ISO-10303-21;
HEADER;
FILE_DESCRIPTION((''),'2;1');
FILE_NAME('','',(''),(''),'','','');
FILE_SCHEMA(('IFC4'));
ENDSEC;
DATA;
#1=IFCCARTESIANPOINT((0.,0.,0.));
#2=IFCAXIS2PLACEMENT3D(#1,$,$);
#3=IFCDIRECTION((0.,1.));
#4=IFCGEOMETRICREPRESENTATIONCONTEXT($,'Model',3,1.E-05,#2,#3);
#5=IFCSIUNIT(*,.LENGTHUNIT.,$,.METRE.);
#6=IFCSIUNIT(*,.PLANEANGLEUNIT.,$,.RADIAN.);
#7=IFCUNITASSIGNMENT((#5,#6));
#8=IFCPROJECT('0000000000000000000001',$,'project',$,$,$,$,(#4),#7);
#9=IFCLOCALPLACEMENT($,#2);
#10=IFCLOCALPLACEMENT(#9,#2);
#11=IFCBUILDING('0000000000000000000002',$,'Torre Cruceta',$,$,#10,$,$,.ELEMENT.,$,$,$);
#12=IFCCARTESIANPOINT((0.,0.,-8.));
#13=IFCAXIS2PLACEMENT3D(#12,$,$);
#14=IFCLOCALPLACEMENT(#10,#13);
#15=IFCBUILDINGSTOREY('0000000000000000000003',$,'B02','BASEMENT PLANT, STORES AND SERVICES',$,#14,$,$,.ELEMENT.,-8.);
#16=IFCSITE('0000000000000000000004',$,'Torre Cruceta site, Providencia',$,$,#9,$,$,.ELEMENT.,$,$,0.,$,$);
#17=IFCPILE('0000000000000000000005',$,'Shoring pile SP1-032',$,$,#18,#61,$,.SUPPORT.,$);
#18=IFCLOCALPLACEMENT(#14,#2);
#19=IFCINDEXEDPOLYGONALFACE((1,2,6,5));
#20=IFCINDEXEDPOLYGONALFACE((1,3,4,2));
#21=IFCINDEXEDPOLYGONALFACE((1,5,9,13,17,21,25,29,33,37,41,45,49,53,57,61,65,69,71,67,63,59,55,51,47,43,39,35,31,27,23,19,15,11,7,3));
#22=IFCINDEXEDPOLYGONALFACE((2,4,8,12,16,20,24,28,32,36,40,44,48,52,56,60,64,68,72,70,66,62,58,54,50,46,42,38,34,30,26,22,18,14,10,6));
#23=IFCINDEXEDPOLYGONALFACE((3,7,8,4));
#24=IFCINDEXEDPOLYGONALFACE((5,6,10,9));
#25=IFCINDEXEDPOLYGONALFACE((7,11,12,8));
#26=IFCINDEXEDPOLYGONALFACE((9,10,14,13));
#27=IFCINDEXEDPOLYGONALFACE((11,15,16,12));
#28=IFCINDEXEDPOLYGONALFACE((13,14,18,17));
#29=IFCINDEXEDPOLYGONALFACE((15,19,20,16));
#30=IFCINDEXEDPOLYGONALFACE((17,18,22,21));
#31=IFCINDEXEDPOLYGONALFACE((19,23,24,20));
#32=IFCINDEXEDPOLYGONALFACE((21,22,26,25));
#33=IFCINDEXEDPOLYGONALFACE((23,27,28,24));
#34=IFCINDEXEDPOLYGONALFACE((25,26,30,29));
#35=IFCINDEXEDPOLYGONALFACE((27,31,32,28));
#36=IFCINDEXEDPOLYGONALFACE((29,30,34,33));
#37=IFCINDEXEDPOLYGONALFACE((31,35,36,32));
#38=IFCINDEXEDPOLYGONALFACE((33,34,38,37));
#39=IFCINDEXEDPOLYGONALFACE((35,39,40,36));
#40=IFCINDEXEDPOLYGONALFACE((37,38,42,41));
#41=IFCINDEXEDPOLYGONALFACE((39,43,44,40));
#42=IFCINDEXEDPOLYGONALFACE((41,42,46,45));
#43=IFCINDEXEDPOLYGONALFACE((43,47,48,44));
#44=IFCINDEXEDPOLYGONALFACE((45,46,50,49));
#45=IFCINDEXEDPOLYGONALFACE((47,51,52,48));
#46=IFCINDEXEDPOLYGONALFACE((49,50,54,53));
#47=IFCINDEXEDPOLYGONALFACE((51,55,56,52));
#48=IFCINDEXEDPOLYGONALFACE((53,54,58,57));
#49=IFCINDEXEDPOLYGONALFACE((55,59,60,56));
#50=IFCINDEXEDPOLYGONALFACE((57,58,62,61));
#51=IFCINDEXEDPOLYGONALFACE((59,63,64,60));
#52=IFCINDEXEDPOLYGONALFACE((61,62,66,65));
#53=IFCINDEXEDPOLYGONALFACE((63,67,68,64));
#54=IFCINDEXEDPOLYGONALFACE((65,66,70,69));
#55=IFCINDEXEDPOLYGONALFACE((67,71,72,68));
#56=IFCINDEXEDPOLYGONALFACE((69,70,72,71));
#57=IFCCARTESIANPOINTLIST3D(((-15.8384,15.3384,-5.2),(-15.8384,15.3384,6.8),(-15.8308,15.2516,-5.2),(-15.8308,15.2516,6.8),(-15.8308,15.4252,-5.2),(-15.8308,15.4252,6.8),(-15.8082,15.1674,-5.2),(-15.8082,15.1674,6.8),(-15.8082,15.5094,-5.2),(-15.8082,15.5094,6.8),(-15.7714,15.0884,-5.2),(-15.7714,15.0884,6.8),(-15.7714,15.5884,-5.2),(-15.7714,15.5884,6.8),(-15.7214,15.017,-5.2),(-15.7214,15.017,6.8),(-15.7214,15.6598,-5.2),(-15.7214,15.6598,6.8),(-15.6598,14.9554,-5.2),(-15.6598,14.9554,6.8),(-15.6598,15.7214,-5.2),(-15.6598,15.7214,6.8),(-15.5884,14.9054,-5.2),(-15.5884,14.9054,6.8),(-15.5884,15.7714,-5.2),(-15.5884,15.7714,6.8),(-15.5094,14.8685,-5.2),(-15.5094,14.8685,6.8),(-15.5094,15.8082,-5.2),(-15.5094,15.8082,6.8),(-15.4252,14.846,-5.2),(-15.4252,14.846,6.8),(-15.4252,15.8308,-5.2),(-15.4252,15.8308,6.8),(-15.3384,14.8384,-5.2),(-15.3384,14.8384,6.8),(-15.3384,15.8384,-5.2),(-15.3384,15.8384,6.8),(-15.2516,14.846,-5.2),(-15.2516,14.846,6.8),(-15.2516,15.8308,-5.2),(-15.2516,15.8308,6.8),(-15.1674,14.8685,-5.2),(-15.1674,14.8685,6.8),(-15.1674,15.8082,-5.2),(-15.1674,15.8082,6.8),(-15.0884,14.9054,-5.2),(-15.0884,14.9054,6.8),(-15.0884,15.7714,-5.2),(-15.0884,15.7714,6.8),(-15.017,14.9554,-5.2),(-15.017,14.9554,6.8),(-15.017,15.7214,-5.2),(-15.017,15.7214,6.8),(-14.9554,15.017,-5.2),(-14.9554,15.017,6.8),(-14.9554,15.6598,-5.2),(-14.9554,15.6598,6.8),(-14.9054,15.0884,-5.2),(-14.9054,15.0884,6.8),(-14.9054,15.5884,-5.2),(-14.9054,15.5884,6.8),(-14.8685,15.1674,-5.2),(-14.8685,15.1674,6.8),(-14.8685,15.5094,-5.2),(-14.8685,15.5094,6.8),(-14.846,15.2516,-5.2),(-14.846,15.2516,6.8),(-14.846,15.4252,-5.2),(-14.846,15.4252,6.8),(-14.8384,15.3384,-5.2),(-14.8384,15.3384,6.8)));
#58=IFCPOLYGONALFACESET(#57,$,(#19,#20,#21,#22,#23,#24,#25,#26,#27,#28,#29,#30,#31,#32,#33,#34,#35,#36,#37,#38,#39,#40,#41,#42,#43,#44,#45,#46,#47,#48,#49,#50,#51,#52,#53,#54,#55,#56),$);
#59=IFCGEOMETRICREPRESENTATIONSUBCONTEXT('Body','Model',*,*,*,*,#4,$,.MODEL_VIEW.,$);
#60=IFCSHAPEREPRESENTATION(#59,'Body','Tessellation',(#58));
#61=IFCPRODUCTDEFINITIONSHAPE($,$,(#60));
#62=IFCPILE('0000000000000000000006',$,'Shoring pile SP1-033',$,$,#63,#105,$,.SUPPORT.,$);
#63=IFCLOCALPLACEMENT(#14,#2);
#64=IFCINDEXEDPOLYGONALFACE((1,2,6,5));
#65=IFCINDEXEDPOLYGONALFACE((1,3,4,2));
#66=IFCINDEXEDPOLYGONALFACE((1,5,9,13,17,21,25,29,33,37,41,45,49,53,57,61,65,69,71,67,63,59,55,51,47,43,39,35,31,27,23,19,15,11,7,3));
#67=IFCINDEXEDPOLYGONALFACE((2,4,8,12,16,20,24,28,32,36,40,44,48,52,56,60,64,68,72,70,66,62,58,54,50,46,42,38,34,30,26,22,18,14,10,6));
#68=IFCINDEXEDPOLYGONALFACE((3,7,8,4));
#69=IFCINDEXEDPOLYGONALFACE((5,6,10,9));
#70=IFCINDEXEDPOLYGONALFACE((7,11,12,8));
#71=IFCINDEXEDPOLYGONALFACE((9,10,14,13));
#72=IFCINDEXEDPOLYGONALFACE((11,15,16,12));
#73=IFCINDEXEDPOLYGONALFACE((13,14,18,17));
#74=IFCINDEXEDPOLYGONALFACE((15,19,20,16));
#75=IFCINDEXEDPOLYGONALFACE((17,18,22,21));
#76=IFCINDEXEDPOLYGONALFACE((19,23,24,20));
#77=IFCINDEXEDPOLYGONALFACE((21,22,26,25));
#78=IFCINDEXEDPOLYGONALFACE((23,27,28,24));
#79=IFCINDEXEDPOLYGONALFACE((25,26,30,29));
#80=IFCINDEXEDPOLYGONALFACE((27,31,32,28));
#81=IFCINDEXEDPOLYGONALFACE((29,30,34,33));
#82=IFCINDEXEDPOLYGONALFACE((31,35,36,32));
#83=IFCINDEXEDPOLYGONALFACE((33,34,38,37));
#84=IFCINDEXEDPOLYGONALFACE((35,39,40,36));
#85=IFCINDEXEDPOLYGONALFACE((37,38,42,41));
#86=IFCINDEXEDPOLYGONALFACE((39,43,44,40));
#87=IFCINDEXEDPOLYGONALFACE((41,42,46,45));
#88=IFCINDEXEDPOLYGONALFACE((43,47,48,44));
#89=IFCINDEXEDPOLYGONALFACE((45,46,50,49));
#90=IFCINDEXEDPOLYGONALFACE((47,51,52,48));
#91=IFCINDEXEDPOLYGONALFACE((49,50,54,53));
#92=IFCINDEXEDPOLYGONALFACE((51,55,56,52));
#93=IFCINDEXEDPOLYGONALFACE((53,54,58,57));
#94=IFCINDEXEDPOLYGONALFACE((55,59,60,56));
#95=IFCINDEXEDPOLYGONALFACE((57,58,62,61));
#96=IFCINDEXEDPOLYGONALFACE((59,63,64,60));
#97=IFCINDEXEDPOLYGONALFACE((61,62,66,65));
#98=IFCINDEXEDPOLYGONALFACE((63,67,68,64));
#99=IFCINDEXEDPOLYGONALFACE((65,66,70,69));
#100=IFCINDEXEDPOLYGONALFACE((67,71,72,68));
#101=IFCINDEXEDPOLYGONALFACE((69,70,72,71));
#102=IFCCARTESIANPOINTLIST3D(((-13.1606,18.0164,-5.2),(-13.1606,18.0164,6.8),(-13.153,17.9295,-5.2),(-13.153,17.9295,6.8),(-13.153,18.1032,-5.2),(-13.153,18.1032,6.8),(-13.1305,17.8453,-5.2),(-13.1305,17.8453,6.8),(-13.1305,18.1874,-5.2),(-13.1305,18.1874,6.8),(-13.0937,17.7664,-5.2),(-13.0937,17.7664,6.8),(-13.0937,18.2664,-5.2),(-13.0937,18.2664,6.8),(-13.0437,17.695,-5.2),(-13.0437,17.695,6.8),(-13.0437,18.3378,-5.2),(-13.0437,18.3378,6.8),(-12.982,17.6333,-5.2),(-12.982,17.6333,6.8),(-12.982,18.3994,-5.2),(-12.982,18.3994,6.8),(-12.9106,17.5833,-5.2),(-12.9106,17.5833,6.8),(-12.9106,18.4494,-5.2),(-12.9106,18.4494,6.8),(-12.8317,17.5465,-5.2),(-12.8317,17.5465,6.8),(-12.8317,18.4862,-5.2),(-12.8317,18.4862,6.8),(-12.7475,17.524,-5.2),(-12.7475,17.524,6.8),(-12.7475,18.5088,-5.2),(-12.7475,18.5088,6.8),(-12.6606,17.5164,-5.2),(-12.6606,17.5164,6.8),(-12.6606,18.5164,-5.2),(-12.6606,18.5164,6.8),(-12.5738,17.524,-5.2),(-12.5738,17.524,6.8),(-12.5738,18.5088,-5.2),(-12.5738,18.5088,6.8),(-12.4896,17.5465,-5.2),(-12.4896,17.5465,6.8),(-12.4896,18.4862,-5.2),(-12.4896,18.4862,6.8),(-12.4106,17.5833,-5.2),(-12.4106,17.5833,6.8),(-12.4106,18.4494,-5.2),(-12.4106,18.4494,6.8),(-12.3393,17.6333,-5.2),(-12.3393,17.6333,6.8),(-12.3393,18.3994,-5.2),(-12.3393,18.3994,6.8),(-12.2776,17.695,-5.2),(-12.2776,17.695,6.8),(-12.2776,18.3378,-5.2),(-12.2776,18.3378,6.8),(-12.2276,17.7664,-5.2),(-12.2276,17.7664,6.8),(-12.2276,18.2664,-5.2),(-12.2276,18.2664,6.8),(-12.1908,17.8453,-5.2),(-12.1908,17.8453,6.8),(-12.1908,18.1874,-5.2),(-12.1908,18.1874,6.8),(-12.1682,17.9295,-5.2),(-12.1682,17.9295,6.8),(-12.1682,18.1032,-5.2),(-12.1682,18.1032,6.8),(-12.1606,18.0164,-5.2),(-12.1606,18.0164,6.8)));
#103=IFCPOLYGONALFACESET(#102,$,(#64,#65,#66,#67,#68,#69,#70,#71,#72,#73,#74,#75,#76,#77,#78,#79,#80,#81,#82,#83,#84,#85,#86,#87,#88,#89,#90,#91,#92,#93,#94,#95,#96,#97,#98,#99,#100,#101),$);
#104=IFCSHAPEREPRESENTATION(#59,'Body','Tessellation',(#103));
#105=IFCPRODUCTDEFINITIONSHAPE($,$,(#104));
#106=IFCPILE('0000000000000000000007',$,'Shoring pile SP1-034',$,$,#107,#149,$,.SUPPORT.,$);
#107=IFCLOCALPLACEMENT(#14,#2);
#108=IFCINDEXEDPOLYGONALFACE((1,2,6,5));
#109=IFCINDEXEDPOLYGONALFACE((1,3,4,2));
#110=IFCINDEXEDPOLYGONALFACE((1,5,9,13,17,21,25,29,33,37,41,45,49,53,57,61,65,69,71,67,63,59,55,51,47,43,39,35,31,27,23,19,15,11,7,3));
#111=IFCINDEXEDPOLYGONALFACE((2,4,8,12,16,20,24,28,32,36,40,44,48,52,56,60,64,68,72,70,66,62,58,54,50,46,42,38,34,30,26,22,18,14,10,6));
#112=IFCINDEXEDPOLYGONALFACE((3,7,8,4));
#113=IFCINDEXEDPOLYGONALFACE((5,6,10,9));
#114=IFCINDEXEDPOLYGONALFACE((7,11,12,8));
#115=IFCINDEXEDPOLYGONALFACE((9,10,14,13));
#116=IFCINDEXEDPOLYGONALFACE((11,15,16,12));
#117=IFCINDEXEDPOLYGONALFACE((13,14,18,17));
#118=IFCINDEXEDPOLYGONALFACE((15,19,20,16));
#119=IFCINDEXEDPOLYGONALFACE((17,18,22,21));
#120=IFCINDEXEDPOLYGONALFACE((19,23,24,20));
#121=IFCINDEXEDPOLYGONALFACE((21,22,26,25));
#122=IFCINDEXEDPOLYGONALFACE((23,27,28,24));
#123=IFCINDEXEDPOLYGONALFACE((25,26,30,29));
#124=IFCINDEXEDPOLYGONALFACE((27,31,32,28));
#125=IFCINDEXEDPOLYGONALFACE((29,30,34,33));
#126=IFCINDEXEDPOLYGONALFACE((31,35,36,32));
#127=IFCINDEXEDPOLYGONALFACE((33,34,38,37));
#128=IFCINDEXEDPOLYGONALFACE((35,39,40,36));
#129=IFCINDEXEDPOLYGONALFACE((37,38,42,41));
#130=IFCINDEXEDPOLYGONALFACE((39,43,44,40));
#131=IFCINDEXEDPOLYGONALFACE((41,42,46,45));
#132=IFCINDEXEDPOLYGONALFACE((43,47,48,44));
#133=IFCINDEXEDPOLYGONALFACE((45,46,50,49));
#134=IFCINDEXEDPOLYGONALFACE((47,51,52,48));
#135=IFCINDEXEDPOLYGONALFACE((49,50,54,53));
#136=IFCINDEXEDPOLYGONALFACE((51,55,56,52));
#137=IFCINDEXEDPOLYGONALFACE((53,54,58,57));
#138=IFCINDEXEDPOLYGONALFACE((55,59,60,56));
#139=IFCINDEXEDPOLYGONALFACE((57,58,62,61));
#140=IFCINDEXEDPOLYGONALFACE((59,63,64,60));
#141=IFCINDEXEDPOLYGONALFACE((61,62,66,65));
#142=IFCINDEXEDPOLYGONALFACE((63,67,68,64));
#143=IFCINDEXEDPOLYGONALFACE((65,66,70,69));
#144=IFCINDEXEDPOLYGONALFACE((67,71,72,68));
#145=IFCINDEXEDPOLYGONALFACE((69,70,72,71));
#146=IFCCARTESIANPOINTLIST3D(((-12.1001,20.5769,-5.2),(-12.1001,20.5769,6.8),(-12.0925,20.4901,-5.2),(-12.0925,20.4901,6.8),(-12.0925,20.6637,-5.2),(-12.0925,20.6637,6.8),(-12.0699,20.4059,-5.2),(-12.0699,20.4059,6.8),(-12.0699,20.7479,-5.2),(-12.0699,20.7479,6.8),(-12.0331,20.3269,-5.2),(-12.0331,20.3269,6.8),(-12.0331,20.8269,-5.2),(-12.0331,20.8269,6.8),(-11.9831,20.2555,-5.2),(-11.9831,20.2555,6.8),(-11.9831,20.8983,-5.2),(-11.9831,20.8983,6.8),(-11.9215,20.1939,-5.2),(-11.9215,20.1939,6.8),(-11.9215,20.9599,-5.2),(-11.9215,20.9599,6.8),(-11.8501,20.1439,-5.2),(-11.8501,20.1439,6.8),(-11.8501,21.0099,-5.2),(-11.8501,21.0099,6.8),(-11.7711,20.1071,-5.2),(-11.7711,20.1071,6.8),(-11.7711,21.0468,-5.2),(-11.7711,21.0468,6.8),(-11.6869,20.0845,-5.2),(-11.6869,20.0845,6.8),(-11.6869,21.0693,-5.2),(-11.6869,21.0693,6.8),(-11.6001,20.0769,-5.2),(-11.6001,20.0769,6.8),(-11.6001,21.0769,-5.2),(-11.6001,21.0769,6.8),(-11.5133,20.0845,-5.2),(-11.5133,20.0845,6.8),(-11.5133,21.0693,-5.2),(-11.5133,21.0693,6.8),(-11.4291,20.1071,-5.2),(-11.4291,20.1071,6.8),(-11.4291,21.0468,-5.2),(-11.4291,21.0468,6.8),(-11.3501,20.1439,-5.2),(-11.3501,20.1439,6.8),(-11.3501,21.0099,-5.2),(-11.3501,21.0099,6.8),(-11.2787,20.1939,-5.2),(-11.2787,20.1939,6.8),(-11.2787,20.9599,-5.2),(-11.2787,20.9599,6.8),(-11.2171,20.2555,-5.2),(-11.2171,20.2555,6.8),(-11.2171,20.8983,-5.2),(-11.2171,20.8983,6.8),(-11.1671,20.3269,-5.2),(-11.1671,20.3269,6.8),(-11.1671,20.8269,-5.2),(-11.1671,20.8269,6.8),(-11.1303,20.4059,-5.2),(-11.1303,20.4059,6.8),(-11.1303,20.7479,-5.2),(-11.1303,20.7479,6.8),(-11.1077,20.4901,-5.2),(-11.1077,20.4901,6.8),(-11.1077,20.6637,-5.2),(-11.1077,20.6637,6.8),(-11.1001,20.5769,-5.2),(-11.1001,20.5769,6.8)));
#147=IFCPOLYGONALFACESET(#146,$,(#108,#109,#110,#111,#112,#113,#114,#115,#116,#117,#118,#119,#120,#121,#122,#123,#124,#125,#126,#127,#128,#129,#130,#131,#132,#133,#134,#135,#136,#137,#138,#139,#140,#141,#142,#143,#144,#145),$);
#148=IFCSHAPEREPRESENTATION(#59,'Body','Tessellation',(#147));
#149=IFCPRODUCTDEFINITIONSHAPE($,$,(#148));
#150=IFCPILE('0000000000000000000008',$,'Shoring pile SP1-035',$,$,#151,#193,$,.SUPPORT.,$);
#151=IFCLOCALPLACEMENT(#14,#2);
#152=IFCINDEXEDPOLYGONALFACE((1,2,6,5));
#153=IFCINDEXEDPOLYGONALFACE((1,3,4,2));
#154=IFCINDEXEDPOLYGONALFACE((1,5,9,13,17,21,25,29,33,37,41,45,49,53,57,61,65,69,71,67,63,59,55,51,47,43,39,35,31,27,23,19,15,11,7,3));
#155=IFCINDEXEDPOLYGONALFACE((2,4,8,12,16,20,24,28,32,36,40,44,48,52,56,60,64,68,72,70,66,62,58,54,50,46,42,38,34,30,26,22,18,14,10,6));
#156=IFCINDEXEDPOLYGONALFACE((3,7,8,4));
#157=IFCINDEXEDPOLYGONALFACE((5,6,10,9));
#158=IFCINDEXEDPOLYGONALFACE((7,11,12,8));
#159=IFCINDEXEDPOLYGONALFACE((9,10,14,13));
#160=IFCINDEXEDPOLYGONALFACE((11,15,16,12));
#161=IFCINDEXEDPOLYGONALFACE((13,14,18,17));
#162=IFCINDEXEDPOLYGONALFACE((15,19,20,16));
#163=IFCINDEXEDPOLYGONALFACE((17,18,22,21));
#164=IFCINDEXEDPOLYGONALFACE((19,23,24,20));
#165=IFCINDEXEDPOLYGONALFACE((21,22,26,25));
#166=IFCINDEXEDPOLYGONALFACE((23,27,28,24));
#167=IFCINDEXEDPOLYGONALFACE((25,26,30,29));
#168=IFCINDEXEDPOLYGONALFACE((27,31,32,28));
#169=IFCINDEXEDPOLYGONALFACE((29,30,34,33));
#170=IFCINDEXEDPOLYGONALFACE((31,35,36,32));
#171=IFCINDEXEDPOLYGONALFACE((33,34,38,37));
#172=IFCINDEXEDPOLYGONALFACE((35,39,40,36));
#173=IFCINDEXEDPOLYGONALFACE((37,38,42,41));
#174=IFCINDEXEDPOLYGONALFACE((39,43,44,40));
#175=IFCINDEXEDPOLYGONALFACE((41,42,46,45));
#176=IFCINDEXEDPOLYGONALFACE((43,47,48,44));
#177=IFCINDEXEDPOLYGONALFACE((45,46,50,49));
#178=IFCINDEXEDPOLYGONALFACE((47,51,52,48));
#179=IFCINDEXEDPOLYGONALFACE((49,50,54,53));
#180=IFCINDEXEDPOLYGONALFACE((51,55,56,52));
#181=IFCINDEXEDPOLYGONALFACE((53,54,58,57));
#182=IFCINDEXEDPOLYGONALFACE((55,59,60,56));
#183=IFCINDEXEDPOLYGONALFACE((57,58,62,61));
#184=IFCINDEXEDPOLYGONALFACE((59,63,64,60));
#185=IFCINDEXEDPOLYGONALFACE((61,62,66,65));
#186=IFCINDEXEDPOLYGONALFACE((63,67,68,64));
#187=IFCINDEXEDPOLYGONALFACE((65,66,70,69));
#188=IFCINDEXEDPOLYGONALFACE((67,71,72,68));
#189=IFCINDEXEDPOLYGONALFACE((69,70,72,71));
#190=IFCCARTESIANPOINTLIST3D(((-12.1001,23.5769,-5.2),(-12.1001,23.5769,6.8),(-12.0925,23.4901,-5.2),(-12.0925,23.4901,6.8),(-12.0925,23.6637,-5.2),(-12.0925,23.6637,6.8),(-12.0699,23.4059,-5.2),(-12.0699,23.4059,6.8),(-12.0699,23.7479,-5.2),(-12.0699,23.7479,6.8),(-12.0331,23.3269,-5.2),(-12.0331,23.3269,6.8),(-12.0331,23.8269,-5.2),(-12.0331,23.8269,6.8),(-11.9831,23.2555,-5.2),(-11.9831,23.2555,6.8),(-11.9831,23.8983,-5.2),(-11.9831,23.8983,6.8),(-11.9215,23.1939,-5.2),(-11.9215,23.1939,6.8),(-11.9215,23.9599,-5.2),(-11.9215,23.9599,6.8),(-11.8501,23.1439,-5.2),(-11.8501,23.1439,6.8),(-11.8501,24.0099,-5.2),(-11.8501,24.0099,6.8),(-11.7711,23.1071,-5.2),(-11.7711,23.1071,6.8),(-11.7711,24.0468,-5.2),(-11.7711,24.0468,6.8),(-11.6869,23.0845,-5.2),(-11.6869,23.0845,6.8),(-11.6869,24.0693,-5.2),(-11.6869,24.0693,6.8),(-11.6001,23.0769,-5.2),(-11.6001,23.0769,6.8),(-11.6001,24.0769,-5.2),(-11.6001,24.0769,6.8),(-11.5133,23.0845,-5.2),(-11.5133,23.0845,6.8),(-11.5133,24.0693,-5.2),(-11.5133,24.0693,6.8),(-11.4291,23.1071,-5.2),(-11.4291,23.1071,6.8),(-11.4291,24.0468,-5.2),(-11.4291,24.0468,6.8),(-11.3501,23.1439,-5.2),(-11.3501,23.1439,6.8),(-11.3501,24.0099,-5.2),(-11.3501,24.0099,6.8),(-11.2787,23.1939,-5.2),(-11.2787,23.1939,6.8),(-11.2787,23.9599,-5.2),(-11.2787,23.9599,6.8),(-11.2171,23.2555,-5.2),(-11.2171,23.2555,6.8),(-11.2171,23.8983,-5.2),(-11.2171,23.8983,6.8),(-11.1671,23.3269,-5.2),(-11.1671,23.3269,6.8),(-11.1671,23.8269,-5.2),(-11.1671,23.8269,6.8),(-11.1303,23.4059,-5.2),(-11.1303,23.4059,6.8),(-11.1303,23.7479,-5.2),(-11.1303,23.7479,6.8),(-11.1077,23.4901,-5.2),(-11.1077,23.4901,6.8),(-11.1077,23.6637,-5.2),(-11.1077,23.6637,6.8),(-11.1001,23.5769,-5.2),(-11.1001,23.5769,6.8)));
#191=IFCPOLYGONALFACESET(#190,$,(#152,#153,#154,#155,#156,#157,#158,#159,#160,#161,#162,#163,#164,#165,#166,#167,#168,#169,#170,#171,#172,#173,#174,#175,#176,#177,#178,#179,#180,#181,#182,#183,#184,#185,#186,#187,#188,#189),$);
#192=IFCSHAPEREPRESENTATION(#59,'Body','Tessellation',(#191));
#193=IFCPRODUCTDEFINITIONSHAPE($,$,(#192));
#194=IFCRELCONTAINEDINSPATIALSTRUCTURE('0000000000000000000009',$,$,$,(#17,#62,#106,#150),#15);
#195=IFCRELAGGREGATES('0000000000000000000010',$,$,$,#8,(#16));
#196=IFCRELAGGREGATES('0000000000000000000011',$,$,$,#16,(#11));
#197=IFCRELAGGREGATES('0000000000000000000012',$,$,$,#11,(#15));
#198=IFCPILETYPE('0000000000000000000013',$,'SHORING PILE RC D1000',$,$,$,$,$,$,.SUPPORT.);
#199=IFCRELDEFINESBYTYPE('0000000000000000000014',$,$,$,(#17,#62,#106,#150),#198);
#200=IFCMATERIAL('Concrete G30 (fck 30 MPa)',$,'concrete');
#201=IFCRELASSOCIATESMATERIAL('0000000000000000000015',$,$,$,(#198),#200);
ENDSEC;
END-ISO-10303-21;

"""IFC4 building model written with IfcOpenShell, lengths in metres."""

from ifc_helpers import new_model, si_unit, direction, frame, origin, origin_2d, place, context, subcontext, project, spatial, circle, extrude, material, material_profile, profile_set, type_object, element, save


model = new_model("IFC4")

# Units and contexts
model_context = context("Model", 3, precision=1e-05, world=origin(), true_north=direction((0.0, 1.0)))
body_context = subcontext(model_context, "Body", "Model", "MODEL_VIEW")
ifc_project = project(units=[si_unit("LENGTHUNIT", "METRE"), si_unit("PLANEANGLEUNIT", "RADIAN")], contexts=[model_context])

# Site, building, storey
site_placement = place(None, origin())
site = spatial("IfcSite", under=ifc_project, at=site_placement, Name="Torre Cruceta site, Providencia", CompositionType="ELEMENT", RefElevation=0.0)
building_placement = place(site_placement, origin())
building = spatial("IfcBuilding", under=site, at=building_placement, Name="Torre Cruceta", CompositionType="ELEMENT")
storey_placement = place(building_placement, frame((0.0, 0.0, -8.0)))
storey = spatial("IfcBuildingStorey", under=building, at=storey_placement, Name="B02", Description="BASEMENT PLANT, STORES AND SERVICES", CompositionType="ELEMENT", Elevation=-8.0)

# Piles
ifc_material_1 = material(Name="Concrete G30 (fck 30 MPa)", Category="concrete")
ifc_material_profile_1 = material_profile(ifc_material_1, circle(Radius=0.5, at=origin_2d()), Name="RC D1000")
ifc_profile_set_1 = profile_set([ifc_material_profile_1], Name="Concrete G30 (fck 30 MPa)")
pile_type_1 = type_object("IfcPileType", Name="SHORING PILE RC D1000", PredefinedType="SUPPORT", material=ifc_profile_set_1)
for number, where, z_axis, x_axis, name in (
    (1, (-15.3384, 15.3384, 6.8), (0.0, 0.0, -1.0), (1.0, 0.0, 0.0), "Shoring pile SP1-032"),
    (2, (-12.6606, 18.0164, 6.8), (0.0, 0.0, -1.0), (1.0, 0.0, 0.0), "Shoring pile SP1-033"),
    (3, (-11.6001, 20.5769, 6.8), (0.0, 0.0, -1.0), (1.0, 0.0, 0.0), "Shoring pile SP1-034"),
    (4, (-11.6001, 23.5769, 6.8), (0.0, 0.0, -1.0), (1.0, 0.0, 0.0), "Shoring pile SP1-035"),
):
    element("IfcPile", number, at=place(storey_placement, frame(where, z_axis=z_axis, x_axis=x_axis)), inside=storey, type_object=pile_type_1, Name=name, PredefinedType="SUPPORT", context=body_context, shape_type="SweptSolid", body=[
        extrude(circle(Radius=0.5, at=origin_2d()), origin(), (0.0, 0.0, 1.0), 12.0),
    ])

save(model, "model.ifc")
